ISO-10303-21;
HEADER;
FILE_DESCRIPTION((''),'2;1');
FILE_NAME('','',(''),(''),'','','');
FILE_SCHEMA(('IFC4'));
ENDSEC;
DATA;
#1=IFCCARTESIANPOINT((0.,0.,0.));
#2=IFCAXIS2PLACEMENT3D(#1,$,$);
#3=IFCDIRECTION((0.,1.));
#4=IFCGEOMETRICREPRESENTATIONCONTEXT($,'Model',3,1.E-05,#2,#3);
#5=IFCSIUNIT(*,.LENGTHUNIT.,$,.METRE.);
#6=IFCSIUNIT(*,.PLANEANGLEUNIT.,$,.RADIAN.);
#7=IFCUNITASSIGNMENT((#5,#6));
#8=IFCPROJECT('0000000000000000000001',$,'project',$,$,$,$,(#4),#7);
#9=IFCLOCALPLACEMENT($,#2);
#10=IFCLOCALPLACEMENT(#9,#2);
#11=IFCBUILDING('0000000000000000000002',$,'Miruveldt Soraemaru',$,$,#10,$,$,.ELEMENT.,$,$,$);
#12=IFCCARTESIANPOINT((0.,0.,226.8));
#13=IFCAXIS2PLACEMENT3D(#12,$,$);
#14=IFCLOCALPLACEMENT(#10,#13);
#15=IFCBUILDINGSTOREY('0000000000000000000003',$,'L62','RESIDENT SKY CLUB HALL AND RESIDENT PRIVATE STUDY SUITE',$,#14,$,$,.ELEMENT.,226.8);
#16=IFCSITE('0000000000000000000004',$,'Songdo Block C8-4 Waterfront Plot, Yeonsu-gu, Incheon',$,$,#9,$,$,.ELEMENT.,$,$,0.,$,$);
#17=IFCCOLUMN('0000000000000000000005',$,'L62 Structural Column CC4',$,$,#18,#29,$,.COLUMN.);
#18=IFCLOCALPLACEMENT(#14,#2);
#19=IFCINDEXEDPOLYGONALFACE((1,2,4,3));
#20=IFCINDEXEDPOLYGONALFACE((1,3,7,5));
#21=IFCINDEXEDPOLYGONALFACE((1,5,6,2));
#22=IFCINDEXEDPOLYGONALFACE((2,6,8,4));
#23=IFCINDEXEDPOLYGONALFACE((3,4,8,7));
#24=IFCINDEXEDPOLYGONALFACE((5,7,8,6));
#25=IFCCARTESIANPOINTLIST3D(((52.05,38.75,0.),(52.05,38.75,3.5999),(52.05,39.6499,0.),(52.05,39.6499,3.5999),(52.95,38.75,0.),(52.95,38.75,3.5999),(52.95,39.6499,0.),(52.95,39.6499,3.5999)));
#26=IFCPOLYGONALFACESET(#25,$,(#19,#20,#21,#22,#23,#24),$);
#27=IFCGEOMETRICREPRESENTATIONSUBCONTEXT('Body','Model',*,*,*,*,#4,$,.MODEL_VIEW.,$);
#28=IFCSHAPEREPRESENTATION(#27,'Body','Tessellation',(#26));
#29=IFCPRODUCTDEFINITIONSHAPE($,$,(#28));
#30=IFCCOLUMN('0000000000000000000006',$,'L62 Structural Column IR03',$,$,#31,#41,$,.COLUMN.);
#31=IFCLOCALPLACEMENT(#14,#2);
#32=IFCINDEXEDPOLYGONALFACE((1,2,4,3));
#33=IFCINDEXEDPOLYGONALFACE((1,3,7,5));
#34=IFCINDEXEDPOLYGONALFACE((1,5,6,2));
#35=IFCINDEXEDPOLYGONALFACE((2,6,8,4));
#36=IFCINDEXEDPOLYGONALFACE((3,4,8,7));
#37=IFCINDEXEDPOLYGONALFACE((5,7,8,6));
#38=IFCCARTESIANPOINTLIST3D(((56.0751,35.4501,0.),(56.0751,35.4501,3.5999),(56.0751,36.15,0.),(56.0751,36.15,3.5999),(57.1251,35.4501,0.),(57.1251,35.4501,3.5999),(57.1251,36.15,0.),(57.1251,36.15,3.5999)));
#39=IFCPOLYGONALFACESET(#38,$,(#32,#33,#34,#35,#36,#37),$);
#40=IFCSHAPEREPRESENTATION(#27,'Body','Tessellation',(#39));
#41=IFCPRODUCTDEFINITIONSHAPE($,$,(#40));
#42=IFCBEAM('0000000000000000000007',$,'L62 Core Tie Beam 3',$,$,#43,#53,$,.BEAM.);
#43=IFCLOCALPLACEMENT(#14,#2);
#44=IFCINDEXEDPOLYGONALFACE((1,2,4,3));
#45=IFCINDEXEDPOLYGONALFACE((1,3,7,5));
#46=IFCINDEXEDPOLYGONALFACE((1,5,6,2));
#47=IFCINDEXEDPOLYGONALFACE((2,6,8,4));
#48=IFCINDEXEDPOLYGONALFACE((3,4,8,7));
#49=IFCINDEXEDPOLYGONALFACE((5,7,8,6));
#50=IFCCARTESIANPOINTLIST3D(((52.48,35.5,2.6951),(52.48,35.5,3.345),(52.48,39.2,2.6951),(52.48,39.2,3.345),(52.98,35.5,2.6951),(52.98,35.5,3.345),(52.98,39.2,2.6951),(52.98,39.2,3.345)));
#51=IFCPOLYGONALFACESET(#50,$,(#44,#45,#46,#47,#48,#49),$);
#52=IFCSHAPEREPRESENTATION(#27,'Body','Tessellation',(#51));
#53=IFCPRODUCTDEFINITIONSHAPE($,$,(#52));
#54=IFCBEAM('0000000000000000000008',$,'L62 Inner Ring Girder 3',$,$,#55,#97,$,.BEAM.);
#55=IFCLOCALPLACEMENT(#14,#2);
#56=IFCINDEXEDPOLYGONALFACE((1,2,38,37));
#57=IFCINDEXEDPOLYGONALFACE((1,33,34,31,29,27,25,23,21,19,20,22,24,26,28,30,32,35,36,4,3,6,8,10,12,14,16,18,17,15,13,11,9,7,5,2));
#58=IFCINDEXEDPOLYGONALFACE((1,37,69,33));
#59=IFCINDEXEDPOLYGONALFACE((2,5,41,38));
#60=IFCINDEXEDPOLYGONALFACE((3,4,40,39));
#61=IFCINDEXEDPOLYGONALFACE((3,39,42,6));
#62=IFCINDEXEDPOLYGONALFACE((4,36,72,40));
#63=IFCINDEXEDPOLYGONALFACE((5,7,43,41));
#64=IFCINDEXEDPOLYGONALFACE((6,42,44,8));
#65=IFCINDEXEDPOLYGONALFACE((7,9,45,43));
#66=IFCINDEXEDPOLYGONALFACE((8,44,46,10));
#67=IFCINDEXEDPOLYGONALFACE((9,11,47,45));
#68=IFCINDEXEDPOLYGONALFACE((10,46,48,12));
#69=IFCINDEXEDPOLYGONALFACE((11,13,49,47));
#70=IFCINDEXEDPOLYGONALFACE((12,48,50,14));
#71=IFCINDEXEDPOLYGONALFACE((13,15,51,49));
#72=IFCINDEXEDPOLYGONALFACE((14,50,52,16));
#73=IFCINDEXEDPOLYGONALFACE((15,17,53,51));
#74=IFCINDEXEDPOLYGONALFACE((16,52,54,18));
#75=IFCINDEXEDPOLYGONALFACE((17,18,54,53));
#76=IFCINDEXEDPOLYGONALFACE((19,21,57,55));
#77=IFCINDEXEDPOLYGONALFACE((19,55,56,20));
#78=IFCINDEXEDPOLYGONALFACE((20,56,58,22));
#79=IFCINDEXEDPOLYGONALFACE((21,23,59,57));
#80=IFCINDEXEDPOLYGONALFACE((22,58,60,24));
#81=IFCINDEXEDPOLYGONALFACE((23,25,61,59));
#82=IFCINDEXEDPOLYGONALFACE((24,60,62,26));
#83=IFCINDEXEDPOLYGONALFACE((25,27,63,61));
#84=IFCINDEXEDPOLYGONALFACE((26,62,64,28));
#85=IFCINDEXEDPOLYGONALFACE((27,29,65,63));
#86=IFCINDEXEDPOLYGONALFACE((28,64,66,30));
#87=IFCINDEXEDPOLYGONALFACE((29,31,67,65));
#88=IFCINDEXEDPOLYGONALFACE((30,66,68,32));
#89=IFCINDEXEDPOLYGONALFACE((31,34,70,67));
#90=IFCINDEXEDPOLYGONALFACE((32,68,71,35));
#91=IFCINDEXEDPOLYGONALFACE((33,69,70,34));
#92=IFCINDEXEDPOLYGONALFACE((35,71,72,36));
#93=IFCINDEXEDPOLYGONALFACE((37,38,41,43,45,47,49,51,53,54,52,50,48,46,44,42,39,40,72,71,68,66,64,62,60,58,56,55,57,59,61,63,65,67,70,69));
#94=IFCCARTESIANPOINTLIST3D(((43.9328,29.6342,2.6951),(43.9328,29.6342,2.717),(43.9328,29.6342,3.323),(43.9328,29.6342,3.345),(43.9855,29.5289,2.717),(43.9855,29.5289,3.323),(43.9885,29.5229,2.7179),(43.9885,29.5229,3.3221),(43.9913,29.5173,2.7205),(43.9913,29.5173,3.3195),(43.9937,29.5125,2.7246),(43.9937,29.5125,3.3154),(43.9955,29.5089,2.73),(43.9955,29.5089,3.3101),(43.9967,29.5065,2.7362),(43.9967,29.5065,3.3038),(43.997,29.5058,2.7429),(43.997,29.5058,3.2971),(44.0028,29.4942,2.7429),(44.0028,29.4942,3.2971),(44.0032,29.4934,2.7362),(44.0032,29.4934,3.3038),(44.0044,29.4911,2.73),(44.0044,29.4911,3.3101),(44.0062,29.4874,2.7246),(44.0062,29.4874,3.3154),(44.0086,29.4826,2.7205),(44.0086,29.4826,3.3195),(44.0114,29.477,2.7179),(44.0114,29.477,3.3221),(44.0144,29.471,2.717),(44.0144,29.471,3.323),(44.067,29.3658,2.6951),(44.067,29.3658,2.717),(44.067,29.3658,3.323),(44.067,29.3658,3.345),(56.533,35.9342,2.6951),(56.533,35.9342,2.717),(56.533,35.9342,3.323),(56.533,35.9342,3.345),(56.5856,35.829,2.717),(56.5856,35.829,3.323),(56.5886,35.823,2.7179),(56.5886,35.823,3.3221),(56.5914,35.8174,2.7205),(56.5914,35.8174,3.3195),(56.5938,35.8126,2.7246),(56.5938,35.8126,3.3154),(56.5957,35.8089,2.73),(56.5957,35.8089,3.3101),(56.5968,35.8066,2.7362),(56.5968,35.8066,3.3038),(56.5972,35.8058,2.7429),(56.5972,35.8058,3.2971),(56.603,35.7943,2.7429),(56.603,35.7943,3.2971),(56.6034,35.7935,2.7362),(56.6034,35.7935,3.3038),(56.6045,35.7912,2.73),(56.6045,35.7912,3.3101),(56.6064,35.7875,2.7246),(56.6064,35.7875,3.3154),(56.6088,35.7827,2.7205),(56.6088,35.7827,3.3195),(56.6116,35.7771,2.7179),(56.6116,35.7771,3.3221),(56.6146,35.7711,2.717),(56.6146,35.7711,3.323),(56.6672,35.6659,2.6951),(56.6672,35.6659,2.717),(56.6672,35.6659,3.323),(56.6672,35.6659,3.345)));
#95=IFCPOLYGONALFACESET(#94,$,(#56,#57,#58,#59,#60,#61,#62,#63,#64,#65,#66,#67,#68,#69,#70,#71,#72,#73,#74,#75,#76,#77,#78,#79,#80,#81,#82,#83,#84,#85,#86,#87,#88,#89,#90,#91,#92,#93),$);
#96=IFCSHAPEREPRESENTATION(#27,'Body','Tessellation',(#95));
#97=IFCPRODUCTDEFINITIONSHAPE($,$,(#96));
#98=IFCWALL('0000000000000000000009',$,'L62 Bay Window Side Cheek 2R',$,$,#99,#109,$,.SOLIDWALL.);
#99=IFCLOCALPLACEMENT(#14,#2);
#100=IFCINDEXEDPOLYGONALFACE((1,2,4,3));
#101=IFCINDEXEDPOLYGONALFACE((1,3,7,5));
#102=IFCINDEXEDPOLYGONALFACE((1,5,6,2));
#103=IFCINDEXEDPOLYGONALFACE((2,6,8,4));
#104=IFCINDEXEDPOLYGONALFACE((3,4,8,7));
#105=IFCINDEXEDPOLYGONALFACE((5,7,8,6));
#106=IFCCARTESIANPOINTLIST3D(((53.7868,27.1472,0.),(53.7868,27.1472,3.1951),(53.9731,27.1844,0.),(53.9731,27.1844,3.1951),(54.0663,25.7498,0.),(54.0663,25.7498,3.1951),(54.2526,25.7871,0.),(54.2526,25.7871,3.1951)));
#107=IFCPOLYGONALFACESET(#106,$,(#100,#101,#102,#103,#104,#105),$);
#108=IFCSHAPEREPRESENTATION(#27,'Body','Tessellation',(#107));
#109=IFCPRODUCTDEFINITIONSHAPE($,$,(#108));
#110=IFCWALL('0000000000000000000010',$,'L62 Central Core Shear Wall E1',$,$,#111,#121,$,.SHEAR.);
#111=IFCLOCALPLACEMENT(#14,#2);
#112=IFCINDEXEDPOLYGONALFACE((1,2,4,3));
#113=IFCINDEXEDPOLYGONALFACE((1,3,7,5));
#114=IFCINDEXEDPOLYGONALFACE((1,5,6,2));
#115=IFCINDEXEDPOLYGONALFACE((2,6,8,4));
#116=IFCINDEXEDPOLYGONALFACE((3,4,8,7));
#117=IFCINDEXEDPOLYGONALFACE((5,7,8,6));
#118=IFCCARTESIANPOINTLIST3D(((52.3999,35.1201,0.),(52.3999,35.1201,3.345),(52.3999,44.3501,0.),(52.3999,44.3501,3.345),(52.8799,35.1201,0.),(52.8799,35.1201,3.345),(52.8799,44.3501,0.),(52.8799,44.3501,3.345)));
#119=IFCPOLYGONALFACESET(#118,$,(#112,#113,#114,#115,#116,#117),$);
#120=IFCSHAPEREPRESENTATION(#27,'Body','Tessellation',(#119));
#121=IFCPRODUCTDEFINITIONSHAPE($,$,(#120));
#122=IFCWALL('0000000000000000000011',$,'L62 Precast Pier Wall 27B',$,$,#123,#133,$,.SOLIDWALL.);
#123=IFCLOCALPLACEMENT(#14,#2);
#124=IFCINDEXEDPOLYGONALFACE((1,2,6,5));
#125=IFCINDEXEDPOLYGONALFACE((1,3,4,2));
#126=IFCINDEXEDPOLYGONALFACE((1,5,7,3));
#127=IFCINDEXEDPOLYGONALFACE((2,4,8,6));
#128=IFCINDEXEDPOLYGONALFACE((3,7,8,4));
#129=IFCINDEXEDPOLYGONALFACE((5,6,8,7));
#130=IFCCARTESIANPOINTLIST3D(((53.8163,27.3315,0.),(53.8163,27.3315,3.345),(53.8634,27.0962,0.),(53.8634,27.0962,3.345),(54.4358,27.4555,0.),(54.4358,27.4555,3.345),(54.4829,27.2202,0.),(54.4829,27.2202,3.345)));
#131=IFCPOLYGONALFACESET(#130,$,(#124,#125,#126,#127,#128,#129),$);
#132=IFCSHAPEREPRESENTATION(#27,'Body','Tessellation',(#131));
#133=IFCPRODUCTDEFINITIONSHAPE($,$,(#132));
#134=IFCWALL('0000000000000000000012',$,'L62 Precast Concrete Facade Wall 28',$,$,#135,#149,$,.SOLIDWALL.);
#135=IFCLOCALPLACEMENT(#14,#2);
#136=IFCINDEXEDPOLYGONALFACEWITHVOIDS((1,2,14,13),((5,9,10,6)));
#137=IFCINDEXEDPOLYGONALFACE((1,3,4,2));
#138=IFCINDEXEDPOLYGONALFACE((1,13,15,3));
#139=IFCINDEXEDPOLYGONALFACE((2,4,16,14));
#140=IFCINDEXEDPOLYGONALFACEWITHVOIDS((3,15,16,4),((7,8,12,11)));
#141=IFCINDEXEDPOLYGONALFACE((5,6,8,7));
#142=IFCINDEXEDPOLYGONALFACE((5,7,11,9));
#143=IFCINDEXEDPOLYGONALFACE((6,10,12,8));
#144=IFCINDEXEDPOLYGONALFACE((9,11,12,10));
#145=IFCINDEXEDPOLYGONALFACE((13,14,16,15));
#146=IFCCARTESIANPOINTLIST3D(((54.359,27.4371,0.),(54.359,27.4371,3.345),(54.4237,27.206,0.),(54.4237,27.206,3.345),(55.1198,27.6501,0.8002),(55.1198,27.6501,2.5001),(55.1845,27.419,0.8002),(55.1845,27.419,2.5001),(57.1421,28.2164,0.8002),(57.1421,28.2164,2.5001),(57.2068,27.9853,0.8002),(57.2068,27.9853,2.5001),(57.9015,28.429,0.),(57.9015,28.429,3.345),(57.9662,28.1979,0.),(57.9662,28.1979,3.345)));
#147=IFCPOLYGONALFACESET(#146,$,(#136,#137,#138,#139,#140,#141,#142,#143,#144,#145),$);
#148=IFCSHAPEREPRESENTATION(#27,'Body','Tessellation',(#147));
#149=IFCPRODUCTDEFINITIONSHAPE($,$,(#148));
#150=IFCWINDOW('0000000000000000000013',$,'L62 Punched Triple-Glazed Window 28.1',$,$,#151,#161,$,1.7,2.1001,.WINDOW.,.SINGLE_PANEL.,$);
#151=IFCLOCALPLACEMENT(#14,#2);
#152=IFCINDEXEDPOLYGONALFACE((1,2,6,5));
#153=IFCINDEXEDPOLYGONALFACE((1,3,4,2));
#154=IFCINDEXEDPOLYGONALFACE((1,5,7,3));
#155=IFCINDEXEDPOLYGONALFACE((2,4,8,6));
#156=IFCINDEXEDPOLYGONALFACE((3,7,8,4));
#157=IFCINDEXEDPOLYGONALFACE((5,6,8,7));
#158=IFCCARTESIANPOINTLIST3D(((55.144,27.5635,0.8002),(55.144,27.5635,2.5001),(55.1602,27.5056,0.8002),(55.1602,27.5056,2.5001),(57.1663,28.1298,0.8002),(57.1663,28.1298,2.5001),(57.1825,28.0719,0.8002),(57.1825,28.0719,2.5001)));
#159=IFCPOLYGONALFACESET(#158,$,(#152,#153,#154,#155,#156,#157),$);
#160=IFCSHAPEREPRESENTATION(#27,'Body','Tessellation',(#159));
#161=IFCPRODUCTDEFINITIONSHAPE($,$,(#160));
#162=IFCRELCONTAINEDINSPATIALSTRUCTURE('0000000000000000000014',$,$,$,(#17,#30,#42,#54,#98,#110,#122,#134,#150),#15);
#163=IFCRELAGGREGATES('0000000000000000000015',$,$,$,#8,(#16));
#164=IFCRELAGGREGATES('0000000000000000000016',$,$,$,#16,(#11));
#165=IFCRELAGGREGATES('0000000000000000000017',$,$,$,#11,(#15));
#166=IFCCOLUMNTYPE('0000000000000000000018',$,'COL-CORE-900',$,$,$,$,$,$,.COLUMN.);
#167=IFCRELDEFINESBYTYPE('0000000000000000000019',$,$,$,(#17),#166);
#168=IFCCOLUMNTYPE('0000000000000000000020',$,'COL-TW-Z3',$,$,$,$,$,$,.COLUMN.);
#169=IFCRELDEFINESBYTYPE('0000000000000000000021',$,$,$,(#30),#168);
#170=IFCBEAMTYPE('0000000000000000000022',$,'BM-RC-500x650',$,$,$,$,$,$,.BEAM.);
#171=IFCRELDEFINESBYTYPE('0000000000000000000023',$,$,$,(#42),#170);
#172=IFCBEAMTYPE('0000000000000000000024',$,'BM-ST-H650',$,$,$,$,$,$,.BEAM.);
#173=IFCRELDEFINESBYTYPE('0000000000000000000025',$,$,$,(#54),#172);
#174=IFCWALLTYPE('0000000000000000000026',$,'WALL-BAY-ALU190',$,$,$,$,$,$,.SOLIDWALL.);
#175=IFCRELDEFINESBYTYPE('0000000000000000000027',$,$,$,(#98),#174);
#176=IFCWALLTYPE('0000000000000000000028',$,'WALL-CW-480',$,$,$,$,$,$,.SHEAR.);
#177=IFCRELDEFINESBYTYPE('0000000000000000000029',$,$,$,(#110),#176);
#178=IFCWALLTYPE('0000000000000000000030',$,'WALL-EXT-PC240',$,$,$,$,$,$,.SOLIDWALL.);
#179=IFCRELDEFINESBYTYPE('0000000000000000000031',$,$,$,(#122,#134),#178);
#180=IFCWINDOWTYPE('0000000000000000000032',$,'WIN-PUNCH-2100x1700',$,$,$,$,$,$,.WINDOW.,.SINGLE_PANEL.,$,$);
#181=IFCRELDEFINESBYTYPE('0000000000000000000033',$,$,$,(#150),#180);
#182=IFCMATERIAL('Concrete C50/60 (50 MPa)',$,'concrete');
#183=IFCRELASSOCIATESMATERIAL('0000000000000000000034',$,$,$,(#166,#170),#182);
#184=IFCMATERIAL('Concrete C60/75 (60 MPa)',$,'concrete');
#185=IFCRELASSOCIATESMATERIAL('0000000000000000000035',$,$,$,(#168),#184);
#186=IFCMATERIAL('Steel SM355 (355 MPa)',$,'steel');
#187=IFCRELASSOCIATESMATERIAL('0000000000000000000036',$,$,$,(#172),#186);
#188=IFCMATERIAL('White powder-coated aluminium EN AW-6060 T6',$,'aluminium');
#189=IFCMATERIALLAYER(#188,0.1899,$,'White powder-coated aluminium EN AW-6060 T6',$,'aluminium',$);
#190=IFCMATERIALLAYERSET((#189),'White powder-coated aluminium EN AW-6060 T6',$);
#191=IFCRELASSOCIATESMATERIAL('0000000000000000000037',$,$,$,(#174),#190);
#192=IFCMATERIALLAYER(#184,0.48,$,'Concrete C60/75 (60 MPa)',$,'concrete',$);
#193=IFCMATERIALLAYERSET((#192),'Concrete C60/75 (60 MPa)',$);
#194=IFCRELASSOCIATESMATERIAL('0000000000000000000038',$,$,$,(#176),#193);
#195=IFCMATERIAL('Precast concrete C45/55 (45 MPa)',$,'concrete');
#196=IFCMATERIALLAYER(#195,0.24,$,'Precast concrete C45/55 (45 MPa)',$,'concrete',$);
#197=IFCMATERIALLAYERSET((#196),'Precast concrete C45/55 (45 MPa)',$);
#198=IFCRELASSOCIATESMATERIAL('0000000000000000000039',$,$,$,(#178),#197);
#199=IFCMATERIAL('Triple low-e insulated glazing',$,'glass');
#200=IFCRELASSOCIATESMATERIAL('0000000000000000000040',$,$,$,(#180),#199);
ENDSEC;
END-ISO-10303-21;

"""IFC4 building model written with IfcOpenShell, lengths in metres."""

from ifc_helpers import new_model, si_unit, direction, frame, frame_2d, origin, origin_2d, place, context, subcontext, project, spatial, rectangle, i_section, extrude, material, layer, layer_set, material_profile, profile_set, type_object, element, fill, save


model = new_model("IFC4")

# Units and contexts
model_context = context("Model", 3, precision=1e-05, world=origin(), true_north=direction((0.0, 1.0)))
body_context = subcontext(model_context, "Body", "Model", "MODEL_VIEW")
ifc_project = project(units=[si_unit("LENGTHUNIT", "METRE"), si_unit("PLANEANGLEUNIT", "RADIAN")], contexts=[model_context])

# Site, building, storey
site_placement = place(None, origin())
site = spatial("IfcSite", under=ifc_project, at=site_placement, Name="Songdo Block C8-4 Waterfront Plot, Yeonsu-gu, Incheon", CompositionType="ELEMENT", RefElevation=0.0)
building_placement = place(site_placement, origin())
building = spatial("IfcBuilding", under=site, at=building_placement, Name="Miruveldt Soraemaru", CompositionType="ELEMENT")
storey_placement = place(building_placement, frame((0.0, 0.0, 226.8)))
storey = spatial("IfcBuildingStorey", under=building, at=storey_placement, Name="L62", Description="RESIDENT SKY CLUB HALL AND RESIDENT PRIVATE STUDY SUITE", CompositionType="ELEMENT", Elevation=226.8)

# Columns
ifc_material_1 = material(Name="Concrete C50/60 (50 MPa)", Category="concrete")
ifc_material_profile_1 = material_profile(ifc_material_1, rectangle(XDim=0.8999, YDim=0.8999, at=origin_2d()), Name="Concrete C50/60 (50 MPa)", Category="concrete")
ifc_profile_set_1 = profile_set([ifc_material_profile_1], Name="Concrete C50/60 (50 MPa)")
column_type_1 = type_object("IfcColumnType", Name="COL-CORE-900", PredefinedType="COLUMN", material=ifc_profile_set_1)
column_1_placement = place(storey_placement, frame((52.5, 39.2, 0.0), z_axis=(0.0, 0.0, 1.0), x_axis=(1.0, 0.0, 0.0)))
element("IfcColumn", 1, at=column_1_placement, inside=storey, type_object=column_type_1, Name="L62 Structural Column CC4", PredefinedType="COLUMN", context=body_context, shape_type="SweptSolid", body=[
    extrude(rectangle(XDim=0.8999, YDim=0.8999, at=origin_2d()), origin(), (0.0, 0.0, 1.0), 3.5999),
])
ifc_material_2 = material(Name="Concrete C60/75 (60 MPa)", Category="concrete")
ifc_material_profile_2 = material_profile(ifc_material_2, rectangle(XDim=1.05, YDim=0.7, at=origin_2d()), Name="Concrete C60/75 (60 MPa)", Category="concrete")
ifc_profile_set_2 = profile_set([ifc_material_profile_2], Name="Concrete C60/75 (60 MPa)")
column_type_2 = type_object("IfcColumnType", Name="COL-TW-Z3", PredefinedType="COLUMN", material=ifc_profile_set_2)
column_2_placement = place(storey_placement, frame((56.6001, 35.8, 0.0), z_axis=(0.0, 0.0, 1.0), x_axis=(1.0, 0.0, 0.0)))
element("IfcColumn", 2, at=column_2_placement, inside=storey, type_object=column_type_2, Name="L62 Structural Column IR03", PredefinedType="COLUMN", context=body_context, shape_type="SweptSolid", body=[
    extrude(rectangle(XDim=1.05, YDim=0.7, at=origin_2d()), origin(), (0.0, 0.0, 1.0), 3.5999),
])

# Beams
ifc_material_profile_3 = material_profile(ifc_material_1, rectangle(XDim=0.5, YDim=0.6499, at=origin_2d()), Name="Concrete C50/60 (50 MPa)", Category="concrete")
ifc_profile_set_3 = profile_set([ifc_material_profile_3], Name="Concrete C50/60 (50 MPa)")
beam_type_1 = type_object("IfcBeamType", Name="BM-RC-500x650", PredefinedType="BEAM", material=ifc_profile_set_3)
beam_1_placement = place(storey_placement, frame((52.73, 35.5, 3.02), z_axis=(0.0, 1.0, 0.0), x_axis=(-1.0, 0.0, 0.0)))
element("IfcBeam", 3, at=beam_1_placement, inside=storey, type_object=beam_type_1, Name="L62 Core Tie Beam 3", PredefinedType="BEAM", context=body_context, shape_type="SweptSolid", body=[
    extrude(rectangle(XDim=0.5, YDim=0.6499, at=origin_2d()), origin(), (0.0, 0.0, 1.0), 3.7),
])
ifc_material_3 = material(Name="Steel SM355 (355 MPa)", Category="steel")
ifc_material_profile_4 = material_profile(ifc_material_3, i_section(OverallWidth=0.3, OverallDepth=0.6499, WebThickness=0.0129, FlangeThickness=0.022, FilletRadius=0.0259, at=origin_2d()), Name="Steel SM355 (355 MPa)", Category="steel")
ifc_profile_set_4 = profile_set([ifc_material_profile_4], Name="Steel SM355 (355 MPa)")
beam_type_2 = type_object("IfcBeamType", Name="BM-ST-H650", PredefinedType="BEAM", material=ifc_profile_set_4)
beam_2_placement = place(storey_placement, frame((56.6001, 35.8, 3.02), z_axis=(-0.894427, -0.447214, 0.0), x_axis=(0.447214, -0.894427, 0.0)))
element("IfcBeam", 4, at=beam_2_placement, inside=storey, type_object=beam_type_2, Name="L62 Inner Ring Girder 3", PredefinedType="BEAM", context=body_context, shape_type="SweptSolid", body=[
    extrude(i_section(OverallWidth=0.3, OverallDepth=0.6499, WebThickness=0.0129, FlangeThickness=0.022, FilletRadius=0.0259, at=origin_2d()), origin(), (0.0, 0.0, 1.0), 14.0874),
])

# Walls
ifc_material_4 = material(Name="White powder-coated aluminium EN AW-6060 T6", Category="aluminium")
ifc_layer_1 = layer(ifc_material_4, 0.1899, Name="White powder-coated aluminium EN AW-6060 T6", Category="aluminium")
ifc_layer_set_1 = layer_set([ifc_layer_1], Name="White powder-coated aluminium EN AW-6060 T6")
wall_type_1 = type_object("IfcWallType", Name="WALL-BAY-ALU190", PredefinedType="SOLIDWALL", material=ifc_layer_set_1)
wall_1_placement = place(storey_placement, frame((54.1594, 25.7686, 0.0), z_axis=(0.0, 0.0, 1.0), x_axis=(-0.196149, 0.980574, 0.0)))
element("IfcWall", 5, at=wall_1_placement, inside=storey, type_object=wall_type_1, Name="L62 Bay Window Side Cheek 2R", PredefinedType="SOLIDWALL", context=body_context, shape_type="SweptSolid", body=[
    extrude(rectangle(XDim=1.425, YDim=0.1899, at=frame_2d((0.7124, 0.0))), origin(), (0.0, 0.0, 1.0), 3.1951),
])
ifc_layer_2 = layer(ifc_material_2, 0.48, Name="Concrete C60/75 (60 MPa)", Category="concrete")
ifc_layer_set_2 = layer_set([ifc_layer_2], Name="Concrete C60/75 (60 MPa)")
wall_type_2 = type_object("IfcWallType", Name="WALL-CW-480", PredefinedType="SHEAR", material=ifc_layer_set_2)
wall_2_placement = place(storey_placement, frame((52.6399, 35.1201, 0.0), z_axis=(0.0, 0.0, 1.0), x_axis=(0.0, 1.0, 0.0)))
element("IfcWall", 6, at=wall_2_placement, inside=storey, type_object=wall_type_2, Name="L62 Central Core Shear Wall E1", PredefinedType="SHEAR", context=body_context, shape_type="SweptSolid", body=[
    extrude(rectangle(XDim=9.23, YDim=0.48, at=frame_2d((4.615, 0.0))), origin(), (0.0, 0.0, 1.0), 3.345),
])
ifc_material_5 = material(Name="Precast concrete C45/55 (45 MPa)", Category="concrete")
ifc_layer_3 = layer(ifc_material_5, 0.24, Name="Precast concrete C45/55 (45 MPa)", Category="concrete")
ifc_layer_set_3 = layer_set([ifc_layer_3], Name="Precast concrete C45/55 (45 MPa)")
wall_type_3 = type_object("IfcWallType", Name="WALL-EXT-PC240", PredefinedType="SOLIDWALL", material=ifc_layer_set_3)
wall_3_placement = place(storey_placement, frame((53.8398, 27.2139, 0.0), z_axis=(0.0, 0.0, 1.0), x_axis=(0.980551, 0.196265, 0.0)))
element("IfcWall", 7, at=wall_3_placement, inside=storey, type_object=wall_type_3, Name="L62 Precast Pier Wall 27B", PredefinedType="SOLIDWALL", context=body_context, shape_type="SweptSolid", body=[
    extrude(rectangle(XDim=0.6318, YDim=0.24, at=frame_2d((0.3159, 0.0))), origin(), (0.0, 0.0, 1.0), 3.345),
])

# Wall, opening, window
wall_4_placement = place(storey_placement, frame((54.3914, 27.3215, 0.0), z_axis=(0.0, 0.0, 1.0), x_axis=(0.962961, 0.269642, 0.0)))
wall_4 = element("IfcWall", 8, at=wall_4_placement, inside=storey, type_object=wall_type_3, Name="L62 Precast Concrete Facade Wall 28", PredefinedType="SOLIDWALL", context=body_context, shape_type="SweptSolid", body=[
    extrude(rectangle(XDim=3.6787, YDim=0.24, at=frame_2d((1.8394, 0.0))), origin(), (0.0, 0.0, 1.0), 3.345),
])
opening_1_placement = place(wall_4_placement, frame((0.79, 0.0, 0.8)))
opening_1 = element("IfcOpeningElement", 9, at=opening_1_placement, cuts=wall_4, PredefinedType="OPENING", context=body_context, shape_type="SweptSolid", body=[
    extrude(rectangle(XDim=2.1001, YDim=1.7, at=frame_2d((1.05, 0.8501))), frame((0.0, 0.1299, 0.0), z_axis=(0.0, -1.0, 0.0), x_axis=(1.0, 0.0, 0.0)), (0.0, 0.0, 1.0), 0.26),
])
ifc_material_6 = material(Name="Triple low-e insulated glazing", Category="glass")
window_type_1 = type_object("IfcWindowType", Name="WIN-PUNCH-2100x1700", PartitioningType="SINGLE_PANEL", PredefinedType="WINDOW", material=ifc_material_6)
window_1_placement = place(opening_1_placement, origin())
window_1 = element("IfcWindow", 10, at=window_1_placement, inside=storey, type_object=window_type_1, Name="L62 Punched Triple-Glazed Window 28.1", OverallHeight=1.7, OverallWidth=2.1001, PartitioningType="SINGLE_PANEL", PredefinedType="WINDOW", context=body_context, shape_type="SweptSolid", body=[
    extrude(rectangle(XDim=2.1001, YDim=1.7, at=frame_2d((1.05, 0.8501))), frame((0.0, 0.03, 0.0), z_axis=(0.0, -1.0, 0.0), x_axis=(1.0, 0.0, 0.0)), (0.0, 0.0, 1.0), 0.0601),
])
fill(opening_1, window_1)

save(model, "model.ifc")
